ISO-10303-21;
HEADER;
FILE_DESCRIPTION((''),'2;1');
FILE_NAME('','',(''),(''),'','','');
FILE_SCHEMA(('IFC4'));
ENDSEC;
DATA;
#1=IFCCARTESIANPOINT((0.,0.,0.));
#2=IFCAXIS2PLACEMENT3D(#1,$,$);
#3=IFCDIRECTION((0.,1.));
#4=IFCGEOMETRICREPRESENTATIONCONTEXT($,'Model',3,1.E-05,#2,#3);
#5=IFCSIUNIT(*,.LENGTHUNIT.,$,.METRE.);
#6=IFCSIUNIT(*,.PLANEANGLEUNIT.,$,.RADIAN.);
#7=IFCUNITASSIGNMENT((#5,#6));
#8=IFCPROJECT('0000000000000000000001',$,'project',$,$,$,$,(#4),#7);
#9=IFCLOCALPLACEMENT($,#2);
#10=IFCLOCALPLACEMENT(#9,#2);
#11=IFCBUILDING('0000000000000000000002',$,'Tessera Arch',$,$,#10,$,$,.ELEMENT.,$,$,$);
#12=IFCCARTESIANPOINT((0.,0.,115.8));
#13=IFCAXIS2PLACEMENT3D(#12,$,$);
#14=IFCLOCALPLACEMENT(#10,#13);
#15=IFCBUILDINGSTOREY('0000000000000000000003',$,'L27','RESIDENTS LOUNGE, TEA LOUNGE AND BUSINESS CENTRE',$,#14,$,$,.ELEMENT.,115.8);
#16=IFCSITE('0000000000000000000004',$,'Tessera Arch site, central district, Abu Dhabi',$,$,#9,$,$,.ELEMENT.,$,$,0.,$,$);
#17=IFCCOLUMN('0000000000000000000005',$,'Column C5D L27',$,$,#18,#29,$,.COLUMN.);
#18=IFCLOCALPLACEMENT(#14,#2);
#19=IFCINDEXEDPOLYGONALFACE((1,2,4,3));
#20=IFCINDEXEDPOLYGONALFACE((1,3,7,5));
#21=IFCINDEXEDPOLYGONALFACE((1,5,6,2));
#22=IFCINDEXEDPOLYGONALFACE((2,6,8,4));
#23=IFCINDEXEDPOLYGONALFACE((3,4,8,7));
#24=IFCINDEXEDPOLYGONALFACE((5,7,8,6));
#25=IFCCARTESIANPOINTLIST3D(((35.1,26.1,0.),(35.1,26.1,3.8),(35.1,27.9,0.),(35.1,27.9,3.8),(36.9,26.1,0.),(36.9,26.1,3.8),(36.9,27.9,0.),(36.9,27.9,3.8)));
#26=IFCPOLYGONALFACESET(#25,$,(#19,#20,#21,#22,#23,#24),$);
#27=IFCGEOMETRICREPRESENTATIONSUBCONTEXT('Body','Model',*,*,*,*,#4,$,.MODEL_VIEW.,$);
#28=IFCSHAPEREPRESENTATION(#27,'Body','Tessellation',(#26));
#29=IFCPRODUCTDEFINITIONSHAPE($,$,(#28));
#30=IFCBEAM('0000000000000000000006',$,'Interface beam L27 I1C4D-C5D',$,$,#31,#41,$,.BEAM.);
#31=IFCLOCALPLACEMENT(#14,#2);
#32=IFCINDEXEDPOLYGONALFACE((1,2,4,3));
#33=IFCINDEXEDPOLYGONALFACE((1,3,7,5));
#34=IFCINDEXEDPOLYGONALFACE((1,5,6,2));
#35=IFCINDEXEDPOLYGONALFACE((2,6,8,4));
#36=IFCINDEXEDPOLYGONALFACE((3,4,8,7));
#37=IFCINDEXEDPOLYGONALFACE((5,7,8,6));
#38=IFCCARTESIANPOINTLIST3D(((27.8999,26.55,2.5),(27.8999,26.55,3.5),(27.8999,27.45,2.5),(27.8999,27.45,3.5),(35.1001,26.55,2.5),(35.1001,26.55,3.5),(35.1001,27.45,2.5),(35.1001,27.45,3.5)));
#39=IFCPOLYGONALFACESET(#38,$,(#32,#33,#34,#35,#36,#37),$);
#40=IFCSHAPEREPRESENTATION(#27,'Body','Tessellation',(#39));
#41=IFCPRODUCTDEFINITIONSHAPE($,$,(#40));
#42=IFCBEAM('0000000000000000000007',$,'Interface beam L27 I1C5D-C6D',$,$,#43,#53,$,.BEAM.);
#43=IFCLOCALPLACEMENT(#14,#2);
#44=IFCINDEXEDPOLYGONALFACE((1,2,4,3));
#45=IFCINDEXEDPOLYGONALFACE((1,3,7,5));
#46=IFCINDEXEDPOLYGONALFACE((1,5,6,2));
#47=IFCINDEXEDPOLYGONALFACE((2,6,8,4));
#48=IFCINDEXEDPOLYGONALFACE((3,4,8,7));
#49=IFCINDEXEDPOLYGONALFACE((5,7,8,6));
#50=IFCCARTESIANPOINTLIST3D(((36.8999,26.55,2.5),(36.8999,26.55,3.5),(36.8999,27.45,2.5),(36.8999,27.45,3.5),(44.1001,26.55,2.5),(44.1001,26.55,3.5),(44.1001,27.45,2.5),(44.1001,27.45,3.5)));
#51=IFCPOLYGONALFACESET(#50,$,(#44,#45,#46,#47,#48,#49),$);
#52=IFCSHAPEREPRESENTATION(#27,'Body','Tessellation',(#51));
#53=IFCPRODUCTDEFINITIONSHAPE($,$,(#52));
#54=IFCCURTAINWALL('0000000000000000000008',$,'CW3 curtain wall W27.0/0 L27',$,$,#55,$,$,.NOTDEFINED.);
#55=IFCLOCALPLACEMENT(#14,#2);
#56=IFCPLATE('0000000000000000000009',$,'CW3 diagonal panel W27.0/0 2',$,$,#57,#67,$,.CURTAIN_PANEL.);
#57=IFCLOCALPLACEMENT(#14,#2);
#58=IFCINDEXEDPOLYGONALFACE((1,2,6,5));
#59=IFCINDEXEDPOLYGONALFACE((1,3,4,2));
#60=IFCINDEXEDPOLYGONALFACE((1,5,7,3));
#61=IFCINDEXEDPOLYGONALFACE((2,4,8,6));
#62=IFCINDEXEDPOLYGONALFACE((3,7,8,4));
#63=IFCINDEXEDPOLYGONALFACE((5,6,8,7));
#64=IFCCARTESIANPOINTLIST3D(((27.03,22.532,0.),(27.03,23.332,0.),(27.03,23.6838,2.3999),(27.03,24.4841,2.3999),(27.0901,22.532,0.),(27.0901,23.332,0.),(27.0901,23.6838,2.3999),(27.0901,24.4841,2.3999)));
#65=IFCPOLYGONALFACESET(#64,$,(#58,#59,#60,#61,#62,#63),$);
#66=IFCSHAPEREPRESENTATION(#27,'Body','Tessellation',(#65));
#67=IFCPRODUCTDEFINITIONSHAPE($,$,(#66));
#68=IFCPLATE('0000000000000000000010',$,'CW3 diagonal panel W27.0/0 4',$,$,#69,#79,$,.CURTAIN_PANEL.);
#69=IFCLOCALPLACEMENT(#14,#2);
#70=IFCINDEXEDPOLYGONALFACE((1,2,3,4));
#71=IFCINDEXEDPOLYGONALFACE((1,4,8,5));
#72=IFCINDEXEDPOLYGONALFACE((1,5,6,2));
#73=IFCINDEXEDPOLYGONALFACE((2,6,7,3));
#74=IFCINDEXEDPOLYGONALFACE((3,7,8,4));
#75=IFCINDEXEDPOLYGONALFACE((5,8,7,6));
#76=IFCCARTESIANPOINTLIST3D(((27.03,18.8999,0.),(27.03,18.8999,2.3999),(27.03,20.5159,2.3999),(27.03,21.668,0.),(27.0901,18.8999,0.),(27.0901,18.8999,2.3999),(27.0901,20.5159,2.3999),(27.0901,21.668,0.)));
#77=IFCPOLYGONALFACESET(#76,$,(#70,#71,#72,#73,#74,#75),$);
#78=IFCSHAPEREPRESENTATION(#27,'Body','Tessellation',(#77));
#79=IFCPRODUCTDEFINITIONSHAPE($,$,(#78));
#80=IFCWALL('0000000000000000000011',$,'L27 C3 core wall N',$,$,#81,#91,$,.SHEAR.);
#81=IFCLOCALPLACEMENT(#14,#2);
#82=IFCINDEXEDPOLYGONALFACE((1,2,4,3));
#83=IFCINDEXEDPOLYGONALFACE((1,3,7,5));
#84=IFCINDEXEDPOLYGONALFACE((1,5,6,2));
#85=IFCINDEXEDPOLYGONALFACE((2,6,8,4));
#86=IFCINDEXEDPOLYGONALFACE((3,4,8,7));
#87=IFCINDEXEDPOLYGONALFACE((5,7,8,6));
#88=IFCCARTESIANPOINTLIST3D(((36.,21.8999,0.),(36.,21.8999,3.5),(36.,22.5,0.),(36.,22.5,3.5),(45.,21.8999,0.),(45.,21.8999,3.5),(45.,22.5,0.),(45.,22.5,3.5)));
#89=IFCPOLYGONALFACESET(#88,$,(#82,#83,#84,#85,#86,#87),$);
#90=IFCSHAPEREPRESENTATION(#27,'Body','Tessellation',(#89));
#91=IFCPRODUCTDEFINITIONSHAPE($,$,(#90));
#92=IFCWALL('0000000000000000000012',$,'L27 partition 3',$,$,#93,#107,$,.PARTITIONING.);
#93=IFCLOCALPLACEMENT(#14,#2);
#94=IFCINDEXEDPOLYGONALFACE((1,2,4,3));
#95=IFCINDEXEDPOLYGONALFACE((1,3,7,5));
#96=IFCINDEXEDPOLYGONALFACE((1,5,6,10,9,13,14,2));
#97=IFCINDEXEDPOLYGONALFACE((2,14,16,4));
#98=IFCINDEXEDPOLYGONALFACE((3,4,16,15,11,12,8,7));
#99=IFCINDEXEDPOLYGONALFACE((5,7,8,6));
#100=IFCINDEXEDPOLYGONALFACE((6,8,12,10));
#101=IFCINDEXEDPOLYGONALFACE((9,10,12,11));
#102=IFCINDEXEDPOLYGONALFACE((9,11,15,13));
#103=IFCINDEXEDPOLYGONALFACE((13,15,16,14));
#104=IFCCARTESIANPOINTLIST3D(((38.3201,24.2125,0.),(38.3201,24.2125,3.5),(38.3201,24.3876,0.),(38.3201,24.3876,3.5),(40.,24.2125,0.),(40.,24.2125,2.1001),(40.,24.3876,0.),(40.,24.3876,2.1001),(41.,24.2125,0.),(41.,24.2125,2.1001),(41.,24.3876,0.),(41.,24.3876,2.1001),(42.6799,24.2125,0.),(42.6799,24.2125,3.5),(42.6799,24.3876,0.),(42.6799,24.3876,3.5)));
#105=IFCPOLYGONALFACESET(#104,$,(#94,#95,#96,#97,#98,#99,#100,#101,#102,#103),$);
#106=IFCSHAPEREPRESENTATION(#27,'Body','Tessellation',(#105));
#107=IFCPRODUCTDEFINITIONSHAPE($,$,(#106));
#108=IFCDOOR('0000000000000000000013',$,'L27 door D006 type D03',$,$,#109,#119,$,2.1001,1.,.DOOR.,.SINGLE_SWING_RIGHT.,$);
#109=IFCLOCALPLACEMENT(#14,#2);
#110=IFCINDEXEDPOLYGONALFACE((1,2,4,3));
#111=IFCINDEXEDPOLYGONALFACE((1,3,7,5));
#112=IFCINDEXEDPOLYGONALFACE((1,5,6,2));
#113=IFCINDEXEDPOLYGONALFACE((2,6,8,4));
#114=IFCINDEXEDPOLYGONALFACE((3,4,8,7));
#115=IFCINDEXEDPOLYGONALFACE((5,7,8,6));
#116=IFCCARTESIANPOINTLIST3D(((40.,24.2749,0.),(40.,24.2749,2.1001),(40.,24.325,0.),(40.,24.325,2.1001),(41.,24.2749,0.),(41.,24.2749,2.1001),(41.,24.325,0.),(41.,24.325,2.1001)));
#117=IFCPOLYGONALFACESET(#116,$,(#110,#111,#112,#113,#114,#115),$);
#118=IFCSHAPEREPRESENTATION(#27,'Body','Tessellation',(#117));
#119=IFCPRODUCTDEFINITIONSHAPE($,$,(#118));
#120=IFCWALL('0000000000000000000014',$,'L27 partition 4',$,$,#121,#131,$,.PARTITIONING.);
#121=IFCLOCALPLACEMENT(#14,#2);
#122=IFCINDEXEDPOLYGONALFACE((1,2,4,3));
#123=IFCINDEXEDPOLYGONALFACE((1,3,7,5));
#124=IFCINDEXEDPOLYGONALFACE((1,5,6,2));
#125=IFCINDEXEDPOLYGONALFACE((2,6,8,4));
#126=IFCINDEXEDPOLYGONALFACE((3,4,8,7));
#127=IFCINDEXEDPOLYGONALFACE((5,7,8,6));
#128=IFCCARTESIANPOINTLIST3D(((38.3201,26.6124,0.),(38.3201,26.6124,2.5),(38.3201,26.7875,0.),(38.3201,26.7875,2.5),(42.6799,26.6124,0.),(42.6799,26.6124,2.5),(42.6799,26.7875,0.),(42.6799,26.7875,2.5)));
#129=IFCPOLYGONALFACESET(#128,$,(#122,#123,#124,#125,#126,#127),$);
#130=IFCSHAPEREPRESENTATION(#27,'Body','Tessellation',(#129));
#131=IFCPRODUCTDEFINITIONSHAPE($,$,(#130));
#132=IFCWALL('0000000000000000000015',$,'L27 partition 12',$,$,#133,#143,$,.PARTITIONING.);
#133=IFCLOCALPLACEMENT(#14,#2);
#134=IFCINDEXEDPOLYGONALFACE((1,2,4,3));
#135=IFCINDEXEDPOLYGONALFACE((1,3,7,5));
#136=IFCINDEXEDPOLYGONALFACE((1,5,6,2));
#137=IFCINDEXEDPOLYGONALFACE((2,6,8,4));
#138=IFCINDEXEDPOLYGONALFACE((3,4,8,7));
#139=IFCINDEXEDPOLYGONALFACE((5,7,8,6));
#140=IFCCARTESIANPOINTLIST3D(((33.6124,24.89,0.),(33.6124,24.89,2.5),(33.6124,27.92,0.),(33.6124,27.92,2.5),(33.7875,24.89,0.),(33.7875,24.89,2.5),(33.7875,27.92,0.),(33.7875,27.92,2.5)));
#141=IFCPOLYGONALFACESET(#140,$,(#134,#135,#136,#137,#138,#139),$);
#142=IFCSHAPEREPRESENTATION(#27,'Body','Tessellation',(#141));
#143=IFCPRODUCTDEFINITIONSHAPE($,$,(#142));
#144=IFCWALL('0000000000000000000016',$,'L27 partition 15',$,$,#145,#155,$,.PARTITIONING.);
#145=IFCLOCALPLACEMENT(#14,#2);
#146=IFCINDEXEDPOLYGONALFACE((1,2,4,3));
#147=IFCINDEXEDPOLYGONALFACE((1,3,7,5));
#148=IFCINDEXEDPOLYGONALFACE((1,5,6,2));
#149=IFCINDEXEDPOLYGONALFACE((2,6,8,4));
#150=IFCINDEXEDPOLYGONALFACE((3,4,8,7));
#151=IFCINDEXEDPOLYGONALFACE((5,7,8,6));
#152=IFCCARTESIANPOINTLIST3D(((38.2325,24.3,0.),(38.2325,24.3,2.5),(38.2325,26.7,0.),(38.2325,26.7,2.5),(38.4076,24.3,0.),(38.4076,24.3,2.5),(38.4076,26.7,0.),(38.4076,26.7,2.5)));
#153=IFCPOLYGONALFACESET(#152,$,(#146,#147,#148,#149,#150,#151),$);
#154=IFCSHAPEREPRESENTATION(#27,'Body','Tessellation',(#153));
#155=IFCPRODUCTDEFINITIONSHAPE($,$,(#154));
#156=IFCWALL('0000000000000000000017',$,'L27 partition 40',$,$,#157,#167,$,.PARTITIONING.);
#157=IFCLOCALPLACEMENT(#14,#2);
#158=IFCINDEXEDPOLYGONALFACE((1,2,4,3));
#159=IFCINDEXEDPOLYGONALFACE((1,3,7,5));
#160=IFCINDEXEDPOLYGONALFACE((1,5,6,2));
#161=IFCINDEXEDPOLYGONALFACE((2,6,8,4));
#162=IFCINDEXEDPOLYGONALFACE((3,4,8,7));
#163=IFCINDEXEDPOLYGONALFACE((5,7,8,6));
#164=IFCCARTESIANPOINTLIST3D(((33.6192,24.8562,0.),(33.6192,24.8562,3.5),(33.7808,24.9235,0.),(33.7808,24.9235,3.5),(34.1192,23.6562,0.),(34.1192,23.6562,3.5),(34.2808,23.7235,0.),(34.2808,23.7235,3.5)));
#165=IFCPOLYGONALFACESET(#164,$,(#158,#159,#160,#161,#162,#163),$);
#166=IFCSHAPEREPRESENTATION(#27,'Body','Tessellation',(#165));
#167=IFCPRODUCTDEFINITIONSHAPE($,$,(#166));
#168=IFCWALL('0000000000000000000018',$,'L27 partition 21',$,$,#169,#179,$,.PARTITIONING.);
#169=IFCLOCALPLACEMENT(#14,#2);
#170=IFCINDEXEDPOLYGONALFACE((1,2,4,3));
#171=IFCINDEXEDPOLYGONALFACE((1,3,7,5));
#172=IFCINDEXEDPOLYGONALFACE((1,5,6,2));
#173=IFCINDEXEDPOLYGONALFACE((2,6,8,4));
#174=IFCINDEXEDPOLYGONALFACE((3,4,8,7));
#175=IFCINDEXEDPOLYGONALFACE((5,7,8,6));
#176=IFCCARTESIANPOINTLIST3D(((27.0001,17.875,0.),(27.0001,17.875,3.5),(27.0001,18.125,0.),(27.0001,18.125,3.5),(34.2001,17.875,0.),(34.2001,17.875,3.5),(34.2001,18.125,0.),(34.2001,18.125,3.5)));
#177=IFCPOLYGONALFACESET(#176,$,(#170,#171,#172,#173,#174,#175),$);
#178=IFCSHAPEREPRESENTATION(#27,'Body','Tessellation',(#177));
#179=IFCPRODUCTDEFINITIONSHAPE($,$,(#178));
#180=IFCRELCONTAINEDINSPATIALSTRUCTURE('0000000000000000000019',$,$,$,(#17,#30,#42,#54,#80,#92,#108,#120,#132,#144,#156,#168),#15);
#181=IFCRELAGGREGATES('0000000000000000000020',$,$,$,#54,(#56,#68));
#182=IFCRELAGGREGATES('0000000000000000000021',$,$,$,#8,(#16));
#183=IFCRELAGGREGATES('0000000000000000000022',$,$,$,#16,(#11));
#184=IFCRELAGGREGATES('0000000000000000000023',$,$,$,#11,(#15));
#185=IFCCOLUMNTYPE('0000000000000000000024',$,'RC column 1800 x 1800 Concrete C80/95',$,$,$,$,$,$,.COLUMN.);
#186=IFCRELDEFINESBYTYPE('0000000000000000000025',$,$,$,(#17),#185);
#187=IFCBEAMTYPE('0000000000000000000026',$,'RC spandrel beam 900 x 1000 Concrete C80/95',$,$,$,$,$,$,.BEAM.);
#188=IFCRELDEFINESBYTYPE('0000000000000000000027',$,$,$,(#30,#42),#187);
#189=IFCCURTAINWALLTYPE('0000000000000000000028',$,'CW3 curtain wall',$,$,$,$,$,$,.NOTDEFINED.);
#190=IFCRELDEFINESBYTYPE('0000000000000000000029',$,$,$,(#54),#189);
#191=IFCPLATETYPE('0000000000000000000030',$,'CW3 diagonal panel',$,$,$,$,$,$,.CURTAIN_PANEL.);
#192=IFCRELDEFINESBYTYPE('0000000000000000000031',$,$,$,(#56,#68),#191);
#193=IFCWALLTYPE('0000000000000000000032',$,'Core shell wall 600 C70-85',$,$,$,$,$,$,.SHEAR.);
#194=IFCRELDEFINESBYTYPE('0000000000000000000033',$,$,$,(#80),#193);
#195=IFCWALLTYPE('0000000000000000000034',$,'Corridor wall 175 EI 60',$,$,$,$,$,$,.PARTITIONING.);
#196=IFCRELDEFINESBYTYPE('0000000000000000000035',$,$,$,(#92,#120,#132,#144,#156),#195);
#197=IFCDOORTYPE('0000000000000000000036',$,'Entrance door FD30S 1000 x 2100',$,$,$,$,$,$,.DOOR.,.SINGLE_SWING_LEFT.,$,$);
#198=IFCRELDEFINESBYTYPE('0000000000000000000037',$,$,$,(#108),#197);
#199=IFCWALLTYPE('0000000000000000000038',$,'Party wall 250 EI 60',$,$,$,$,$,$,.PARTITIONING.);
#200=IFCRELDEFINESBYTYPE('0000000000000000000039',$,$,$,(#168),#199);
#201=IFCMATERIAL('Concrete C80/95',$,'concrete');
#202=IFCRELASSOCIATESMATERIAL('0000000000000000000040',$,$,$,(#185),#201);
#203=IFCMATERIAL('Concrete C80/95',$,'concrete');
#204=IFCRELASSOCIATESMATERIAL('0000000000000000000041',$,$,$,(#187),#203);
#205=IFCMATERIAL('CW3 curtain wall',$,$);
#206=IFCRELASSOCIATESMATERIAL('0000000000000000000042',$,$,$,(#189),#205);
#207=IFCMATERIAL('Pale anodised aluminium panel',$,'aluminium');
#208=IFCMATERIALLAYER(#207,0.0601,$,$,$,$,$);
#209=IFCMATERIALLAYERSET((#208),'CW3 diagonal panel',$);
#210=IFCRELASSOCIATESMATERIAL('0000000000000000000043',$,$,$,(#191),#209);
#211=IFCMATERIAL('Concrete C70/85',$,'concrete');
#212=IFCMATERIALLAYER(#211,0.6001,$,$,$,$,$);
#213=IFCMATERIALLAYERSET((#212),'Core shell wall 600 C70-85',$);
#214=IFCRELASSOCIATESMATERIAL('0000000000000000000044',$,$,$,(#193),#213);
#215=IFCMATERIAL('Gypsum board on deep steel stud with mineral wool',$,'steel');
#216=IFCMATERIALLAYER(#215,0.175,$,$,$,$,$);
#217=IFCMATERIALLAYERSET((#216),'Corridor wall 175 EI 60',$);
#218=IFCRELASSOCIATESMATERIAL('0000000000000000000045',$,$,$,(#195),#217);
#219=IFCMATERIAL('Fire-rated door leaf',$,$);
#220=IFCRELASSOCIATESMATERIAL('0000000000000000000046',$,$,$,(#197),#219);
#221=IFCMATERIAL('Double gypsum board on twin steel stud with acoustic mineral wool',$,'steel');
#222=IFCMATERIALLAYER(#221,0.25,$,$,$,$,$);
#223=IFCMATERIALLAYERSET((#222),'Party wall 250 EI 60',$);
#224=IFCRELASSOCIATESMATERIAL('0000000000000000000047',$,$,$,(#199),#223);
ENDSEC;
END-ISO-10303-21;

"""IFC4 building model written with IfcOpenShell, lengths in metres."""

from ifc_helpers import new_model, si_unit, direction, frame, frame_2d, origin, origin_2d, place, context, subcontext, project, spatial, polyline, rectangle, outline, extrude, material, layer, layer_set, material_profile, profile_set, type_object, element, fill, aggregate, save


model = new_model("IFC4")

# Units and contexts
model_context = context("Model", 3, precision=1e-05, world=origin(), true_north=direction((0.0, 1.0)))
body_context = subcontext(model_context, "Body", "Model", "MODEL_VIEW")
ifc_project = project(units=[si_unit("LENGTHUNIT", "METRE"), si_unit("PLANEANGLEUNIT", "RADIAN")], contexts=[model_context])

# Site, building, storey
site_placement = place(None, origin())
site = spatial("IfcSite", under=ifc_project, at=site_placement, Name="Tessera Arch site, central district, Abu Dhabi", CompositionType="ELEMENT", RefElevation=0.0)
building_placement = place(site_placement, origin())
building = spatial("IfcBuilding", under=site, at=building_placement, Name="Tessera Arch", CompositionType="ELEMENT")
storey_placement = place(building_placement, frame((0.0, 0.0, 115.8)))
storey = spatial("IfcBuildingStorey", under=building, at=storey_placement, Name="L27", Description="RESIDENTS LOUNGE, TEA LOUNGE AND BUSINESS CENTRE", CompositionType="ELEMENT", Elevation=115.8)

# Column
ifc_material_1 = material(Name="Concrete C80/95", Category="concrete")
ifc_material_profile_1 = material_profile(ifc_material_1, rectangle(XDim=1.8, YDim=1.8, at=origin_2d()), Name="RC column 1800 x 1800 Concrete C80/95")
ifc_profile_set_1 = profile_set([ifc_material_profile_1], Name="Concrete C80/95")
column_type = type_object("IfcColumnType", Name="RC column 1800 x 1800 Concrete C80/95", PredefinedType="COLUMN", material=ifc_profile_set_1)
column_placement = place(storey_placement, frame((36.0, 27.0, 0.0), z_axis=(0.0, 0.0, 1.0), x_axis=(1.0, 0.0, 0.0)))
element("IfcColumn", 1, at=column_placement, inside=storey, type_object=column_type, Name="Column C5D L27", PredefinedType="COLUMN", context=body_context, shape_type="SweptSolid", body=[
    extrude(rectangle(XDim=1.8, YDim=1.8, at=origin_2d()), origin(), (0.0, 0.0, 1.0), 3.8),
])

# Beams
ifc_material_2 = material(Name="Concrete C80/95", Category="concrete")
ifc_material_profile_2 = material_profile(ifc_material_2, rectangle(XDim=0.8999, YDim=1.0, at=origin_2d()), Name="RC spandrel beam 900 x 1000 Concrete C80/95")
ifc_profile_set_2 = profile_set([ifc_material_profile_2], Name="Concrete C80/95")
beam_type = type_object("IfcBeamType", Name="RC spandrel beam 900 x 1000 Concrete C80/95", PredefinedType="BEAM", material=ifc_profile_set_2)
for number, where, z_axis, x_axis, name in (
    (2, (27.8999, 27.0, 3.0), (1.0, 0.0, 0.0), (0.0, 1.0, 0.0), "Interface beam L27 I1C4D-C5D"),
    (3, (36.8999, 27.0, 3.0), (1.0, 0.0, 0.0), (0.0, 1.0, 0.0), "Interface beam L27 I1C5D-C6D"),
):
    element("IfcBeam", number, at=place(storey_placement, frame(where, z_axis=z_axis, x_axis=x_axis)), inside=storey, type_object=beam_type, Name=name, PredefinedType="BEAM", context=body_context, shape_type="SweptSolid", body=[
        extrude(rectangle(XDim=0.8999, YDim=1.0, at=origin_2d()), origin(), (0.0, 0.0, 1.0), 7.2002),
    ])

# Curtain wall, plates
ifc_material_3 = material(Name="CW3 curtain wall")
curtain_wall_type = type_object("IfcCurtainWallType", Name="CW3 curtain wall", PredefinedType="NOTDEFINED", material=ifc_material_3)
curtain_wall_placement = place(storey_placement, origin())
curtain_wall = element("IfcCurtainWall", 4, at=curtain_wall_placement, inside=storey, type_object=curtain_wall_type, Name="CW3 curtain wall W27.0/0 L27", PredefinedType="NOTDEFINED")
ifc_material_4 = material(Name="Pale anodised aluminium panel", Category="aluminium")
ifc_layer_1 = layer(ifc_material_4, 0.0601)
ifc_layer_set_1 = layer_set([ifc_layer_1], Name="CW3 diagonal panel")
plate_type = type_object("IfcPlateType", Name="CW3 diagonal panel", PredefinedType="CURTAIN_PANEL", material=ifc_layer_set_1)
plate_1_placement = place(storey_placement, frame((27.03, 23.6838, 2.3999), z_axis=(-1.0, 0.0, 0.0), x_axis=(0.0, 1.0, 0.0)))
plate_1 = element("IfcPlate", 5, at=plate_1_placement, type_object=plate_type, Name="CW3 diagonal panel W27.0/0 2", PredefinedType="CURTAIN_PANEL", context=body_context, shape_type="SweptSolid", body=[
    extrude(outline(polyline([(0.0, 0.0), (0.8003, 0.0), (-0.3518, 2.3999), (-1.1519, 2.3999), (0.0, 0.0)])), origin(), (0.0, 0.0, -1.0), 0.0601),
])
plate_2_placement = place(storey_placement, frame((27.03, 18.8999, 2.3999), z_axis=(-1.0, 0.0, 0.0), x_axis=(0.0, 1.0, 0.0)))
plate_2 = element("IfcPlate", 6, at=plate_2_placement, type_object=plate_type, Name="CW3 diagonal panel W27.0/0 4", PredefinedType="CURTAIN_PANEL", context=body_context, shape_type="SweptSolid", body=[
    extrude(outline(polyline([(0.0, 0.0), (1.616, 0.0), (2.7681, 2.3999), (0.0, 2.3999), (0.0, 0.0)])), origin(), (0.0, 0.0, -1.0), 0.0601),
])
aggregate(curtain_wall, [plate_1, plate_2])

# Wall
ifc_material_5 = material(Name="Concrete C70/85", Category="concrete")
ifc_layer_2 = layer(ifc_material_5, 0.6001)
ifc_layer_set_2 = layer_set([ifc_layer_2], Name="Core shell wall 600 C70-85")
wall_type_1 = type_object("IfcWallType", Name="Core shell wall 600 C70-85", PredefinedType="SHEAR", material=ifc_layer_set_2)
wall_1_placement = place(storey_placement, frame((36.0, 22.2, 0.0), z_axis=(0.0, 0.0, 1.0), x_axis=(1.0, 0.0, 0.0)))
element("IfcWall", 7, at=wall_1_placement, inside=storey, type_object=wall_type_1, Name="L27 C3 core wall N", PredefinedType="SHEAR", context=body_context, shape_type="SweptSolid", body=[
    extrude(rectangle(XDim=9.0, YDim=0.6001, at=frame_2d((4.5, 0.0))), origin(), (0.0, 0.0, 1.0), 3.5),
])

# Wall, opening, door
ifc_material_6 = material(Name="Gypsum board on deep steel stud with mineral wool", Category="steel")
ifc_layer_3 = layer(ifc_material_6, 0.175)
ifc_layer_set_3 = layer_set([ifc_layer_3], Name="Corridor wall 175 EI 60")
wall_type_2 = type_object("IfcWallType", Name="Corridor wall 175 EI 60", PredefinedType="PARTITIONING", material=ifc_layer_set_3)
wall_2_placement = place(storey_placement, frame((38.3201, 24.3, 0.0), z_axis=(0.0, 0.0, 1.0), x_axis=(1.0, 0.0, 0.0)))
wall_2 = element("IfcWall", 8, at=wall_2_placement, inside=storey, type_object=wall_type_2, Name="L27 partition 3", PredefinedType="PARTITIONING", context=body_context, shape_type="SweptSolid", body=[
    extrude(rectangle(XDim=4.3599, YDim=0.175, at=frame_2d((2.1799, 0.0))), origin(), (0.0, 0.0, 1.0), 3.5),
])
opening_1_placement = place(wall_2_placement, frame((1.6799, 0.0, 0.0)))
opening_1 = element("IfcOpeningElement", 9, at=opening_1_placement, cuts=wall_2, PredefinedType="OPENING", context=body_context, shape_type="SweptSolid", body=[
    extrude(rectangle(XDim=1.0, YDim=2.1001, at=frame_2d((0.5, 1.05))), frame((0.0, 0.0974, 0.0), z_axis=(0.0, -1.0, 0.0), x_axis=(1.0, 0.0, 0.0)), (0.0, 0.0, 1.0), 0.1951),
])
ifc_material_7 = material(Name="Fire-rated door leaf")
door_type_1 = type_object("IfcDoorType", Name="Entrance door FD30S 1000 x 2100", OperationType="SINGLE_SWING_LEFT", PredefinedType="DOOR", material=ifc_material_7)
door_1_placement = place(opening_1_placement, origin())
door_1 = element("IfcDoor", 10, at=door_1_placement, inside=storey, type_object=door_type_1, Name="L27 door D006 type D03", OperationType="SINGLE_SWING_RIGHT", OverallHeight=2.1001, OverallWidth=1.0, PredefinedType="DOOR", context=body_context, shape_type="SweptSolid", body=[
    extrude(rectangle(XDim=1.0, YDim=2.1001, at=frame_2d((0.5, 1.05))), frame((0.0, 0.0249, 0.0), z_axis=(0.0, -1.0, 0.0), x_axis=(1.0, 0.0, 0.0)), (0.0, 0.0, 1.0), 0.05),
])
fill(opening_1, door_1)

# Walls
wall_3_placement = place(storey_placement, frame((38.3201, 26.7, 0.0), z_axis=(0.0, 0.0, 1.0), x_axis=(1.0, 0.0, 0.0)))
element("IfcWall", 11, at=wall_3_placement, inside=storey, type_object=wall_type_2, Name="L27 partition 4", PredefinedType="PARTITIONING", context=body_context, shape_type="SweptSolid", body=[
    extrude(rectangle(XDim=4.3599, YDim=0.175, at=frame_2d((2.1799, 0.0))), origin(), (0.0, 0.0, 1.0), 2.5),
])
wall_4_placement = place(storey_placement, frame((33.7, 24.8899, 0.0), z_axis=(0.0, 0.0, 1.0), x_axis=(0.0, 1.0, 0.0)))
element("IfcWall", 12, at=wall_4_placement, inside=storey, type_object=wall_type_2, Name="L27 partition 12", PredefinedType="PARTITIONING", context=body_context, shape_type="SweptSolid", body=[
    extrude(rectangle(XDim=3.03, YDim=0.175, at=frame_2d((1.5151, 0.0))), origin(), (0.0, 0.0, 1.0), 2.5),
])
wall_5_placement = place(storey_placement, frame((38.3201, 24.3, 0.0), z_axis=(0.0, 0.0, 1.0), x_axis=(0.0, 1.0, 0.0)))
element("IfcWall", 13, at=wall_5_placement, inside=storey, type_object=wall_type_2, Name="L27 partition 15", PredefinedType="PARTITIONING", context=body_context, shape_type="SweptSolid", body=[
    extrude(rectangle(XDim=2.3999, YDim=0.175, at=frame_2d((1.2, 0.0))), origin(), (0.0, 0.0, 1.0), 2.5),
])
wall_6_placement = place(storey_placement, frame((34.2, 23.6899, 0.0), z_axis=(0.0, 0.0, 1.0), x_axis=(-0.384629, 0.923071, 0.0)))
element("IfcWall", 14, at=wall_6_placement, inside=storey, type_object=wall_type_2, Name="L27 partition 40", PredefinedType="PARTITIONING", context=body_context, shape_type="SweptSolid", body=[
    extrude(rectangle(XDim=1.3, YDim=0.175, at=frame_2d((0.6499, 0.0))), origin(), (0.0, 0.0, 1.0), 3.5),
])
ifc_material_8 = material(Name="Double gypsum board on twin steel stud with acoustic mineral wool", Category="steel")
ifc_layer_4 = layer(ifc_material_8, 0.25)
ifc_layer_set_4 = layer_set([ifc_layer_4], Name="Party wall 250 EI 60")
wall_type_3 = type_object("IfcWallType", Name="Party wall 250 EI 60", PredefinedType="PARTITIONING", material=ifc_layer_set_4)
wall_7_placement = place(storey_placement, frame((27.0, 18.0, 0.0), z_axis=(0.0, 0.0, 1.0), x_axis=(1.0, 0.0, 0.0)))
element("IfcWall", 15, at=wall_7_placement, inside=storey, type_object=wall_type_3, Name="L27 partition 21", PredefinedType="PARTITIONING", context=body_context, shape_type="SweptSolid", body=[
    extrude(rectangle(XDim=7.2, YDim=0.25, at=frame_2d((3.6001, 0.0))), origin(), (0.0, 0.0, 1.0), 3.5),
])

save(model, "model.ifc")
